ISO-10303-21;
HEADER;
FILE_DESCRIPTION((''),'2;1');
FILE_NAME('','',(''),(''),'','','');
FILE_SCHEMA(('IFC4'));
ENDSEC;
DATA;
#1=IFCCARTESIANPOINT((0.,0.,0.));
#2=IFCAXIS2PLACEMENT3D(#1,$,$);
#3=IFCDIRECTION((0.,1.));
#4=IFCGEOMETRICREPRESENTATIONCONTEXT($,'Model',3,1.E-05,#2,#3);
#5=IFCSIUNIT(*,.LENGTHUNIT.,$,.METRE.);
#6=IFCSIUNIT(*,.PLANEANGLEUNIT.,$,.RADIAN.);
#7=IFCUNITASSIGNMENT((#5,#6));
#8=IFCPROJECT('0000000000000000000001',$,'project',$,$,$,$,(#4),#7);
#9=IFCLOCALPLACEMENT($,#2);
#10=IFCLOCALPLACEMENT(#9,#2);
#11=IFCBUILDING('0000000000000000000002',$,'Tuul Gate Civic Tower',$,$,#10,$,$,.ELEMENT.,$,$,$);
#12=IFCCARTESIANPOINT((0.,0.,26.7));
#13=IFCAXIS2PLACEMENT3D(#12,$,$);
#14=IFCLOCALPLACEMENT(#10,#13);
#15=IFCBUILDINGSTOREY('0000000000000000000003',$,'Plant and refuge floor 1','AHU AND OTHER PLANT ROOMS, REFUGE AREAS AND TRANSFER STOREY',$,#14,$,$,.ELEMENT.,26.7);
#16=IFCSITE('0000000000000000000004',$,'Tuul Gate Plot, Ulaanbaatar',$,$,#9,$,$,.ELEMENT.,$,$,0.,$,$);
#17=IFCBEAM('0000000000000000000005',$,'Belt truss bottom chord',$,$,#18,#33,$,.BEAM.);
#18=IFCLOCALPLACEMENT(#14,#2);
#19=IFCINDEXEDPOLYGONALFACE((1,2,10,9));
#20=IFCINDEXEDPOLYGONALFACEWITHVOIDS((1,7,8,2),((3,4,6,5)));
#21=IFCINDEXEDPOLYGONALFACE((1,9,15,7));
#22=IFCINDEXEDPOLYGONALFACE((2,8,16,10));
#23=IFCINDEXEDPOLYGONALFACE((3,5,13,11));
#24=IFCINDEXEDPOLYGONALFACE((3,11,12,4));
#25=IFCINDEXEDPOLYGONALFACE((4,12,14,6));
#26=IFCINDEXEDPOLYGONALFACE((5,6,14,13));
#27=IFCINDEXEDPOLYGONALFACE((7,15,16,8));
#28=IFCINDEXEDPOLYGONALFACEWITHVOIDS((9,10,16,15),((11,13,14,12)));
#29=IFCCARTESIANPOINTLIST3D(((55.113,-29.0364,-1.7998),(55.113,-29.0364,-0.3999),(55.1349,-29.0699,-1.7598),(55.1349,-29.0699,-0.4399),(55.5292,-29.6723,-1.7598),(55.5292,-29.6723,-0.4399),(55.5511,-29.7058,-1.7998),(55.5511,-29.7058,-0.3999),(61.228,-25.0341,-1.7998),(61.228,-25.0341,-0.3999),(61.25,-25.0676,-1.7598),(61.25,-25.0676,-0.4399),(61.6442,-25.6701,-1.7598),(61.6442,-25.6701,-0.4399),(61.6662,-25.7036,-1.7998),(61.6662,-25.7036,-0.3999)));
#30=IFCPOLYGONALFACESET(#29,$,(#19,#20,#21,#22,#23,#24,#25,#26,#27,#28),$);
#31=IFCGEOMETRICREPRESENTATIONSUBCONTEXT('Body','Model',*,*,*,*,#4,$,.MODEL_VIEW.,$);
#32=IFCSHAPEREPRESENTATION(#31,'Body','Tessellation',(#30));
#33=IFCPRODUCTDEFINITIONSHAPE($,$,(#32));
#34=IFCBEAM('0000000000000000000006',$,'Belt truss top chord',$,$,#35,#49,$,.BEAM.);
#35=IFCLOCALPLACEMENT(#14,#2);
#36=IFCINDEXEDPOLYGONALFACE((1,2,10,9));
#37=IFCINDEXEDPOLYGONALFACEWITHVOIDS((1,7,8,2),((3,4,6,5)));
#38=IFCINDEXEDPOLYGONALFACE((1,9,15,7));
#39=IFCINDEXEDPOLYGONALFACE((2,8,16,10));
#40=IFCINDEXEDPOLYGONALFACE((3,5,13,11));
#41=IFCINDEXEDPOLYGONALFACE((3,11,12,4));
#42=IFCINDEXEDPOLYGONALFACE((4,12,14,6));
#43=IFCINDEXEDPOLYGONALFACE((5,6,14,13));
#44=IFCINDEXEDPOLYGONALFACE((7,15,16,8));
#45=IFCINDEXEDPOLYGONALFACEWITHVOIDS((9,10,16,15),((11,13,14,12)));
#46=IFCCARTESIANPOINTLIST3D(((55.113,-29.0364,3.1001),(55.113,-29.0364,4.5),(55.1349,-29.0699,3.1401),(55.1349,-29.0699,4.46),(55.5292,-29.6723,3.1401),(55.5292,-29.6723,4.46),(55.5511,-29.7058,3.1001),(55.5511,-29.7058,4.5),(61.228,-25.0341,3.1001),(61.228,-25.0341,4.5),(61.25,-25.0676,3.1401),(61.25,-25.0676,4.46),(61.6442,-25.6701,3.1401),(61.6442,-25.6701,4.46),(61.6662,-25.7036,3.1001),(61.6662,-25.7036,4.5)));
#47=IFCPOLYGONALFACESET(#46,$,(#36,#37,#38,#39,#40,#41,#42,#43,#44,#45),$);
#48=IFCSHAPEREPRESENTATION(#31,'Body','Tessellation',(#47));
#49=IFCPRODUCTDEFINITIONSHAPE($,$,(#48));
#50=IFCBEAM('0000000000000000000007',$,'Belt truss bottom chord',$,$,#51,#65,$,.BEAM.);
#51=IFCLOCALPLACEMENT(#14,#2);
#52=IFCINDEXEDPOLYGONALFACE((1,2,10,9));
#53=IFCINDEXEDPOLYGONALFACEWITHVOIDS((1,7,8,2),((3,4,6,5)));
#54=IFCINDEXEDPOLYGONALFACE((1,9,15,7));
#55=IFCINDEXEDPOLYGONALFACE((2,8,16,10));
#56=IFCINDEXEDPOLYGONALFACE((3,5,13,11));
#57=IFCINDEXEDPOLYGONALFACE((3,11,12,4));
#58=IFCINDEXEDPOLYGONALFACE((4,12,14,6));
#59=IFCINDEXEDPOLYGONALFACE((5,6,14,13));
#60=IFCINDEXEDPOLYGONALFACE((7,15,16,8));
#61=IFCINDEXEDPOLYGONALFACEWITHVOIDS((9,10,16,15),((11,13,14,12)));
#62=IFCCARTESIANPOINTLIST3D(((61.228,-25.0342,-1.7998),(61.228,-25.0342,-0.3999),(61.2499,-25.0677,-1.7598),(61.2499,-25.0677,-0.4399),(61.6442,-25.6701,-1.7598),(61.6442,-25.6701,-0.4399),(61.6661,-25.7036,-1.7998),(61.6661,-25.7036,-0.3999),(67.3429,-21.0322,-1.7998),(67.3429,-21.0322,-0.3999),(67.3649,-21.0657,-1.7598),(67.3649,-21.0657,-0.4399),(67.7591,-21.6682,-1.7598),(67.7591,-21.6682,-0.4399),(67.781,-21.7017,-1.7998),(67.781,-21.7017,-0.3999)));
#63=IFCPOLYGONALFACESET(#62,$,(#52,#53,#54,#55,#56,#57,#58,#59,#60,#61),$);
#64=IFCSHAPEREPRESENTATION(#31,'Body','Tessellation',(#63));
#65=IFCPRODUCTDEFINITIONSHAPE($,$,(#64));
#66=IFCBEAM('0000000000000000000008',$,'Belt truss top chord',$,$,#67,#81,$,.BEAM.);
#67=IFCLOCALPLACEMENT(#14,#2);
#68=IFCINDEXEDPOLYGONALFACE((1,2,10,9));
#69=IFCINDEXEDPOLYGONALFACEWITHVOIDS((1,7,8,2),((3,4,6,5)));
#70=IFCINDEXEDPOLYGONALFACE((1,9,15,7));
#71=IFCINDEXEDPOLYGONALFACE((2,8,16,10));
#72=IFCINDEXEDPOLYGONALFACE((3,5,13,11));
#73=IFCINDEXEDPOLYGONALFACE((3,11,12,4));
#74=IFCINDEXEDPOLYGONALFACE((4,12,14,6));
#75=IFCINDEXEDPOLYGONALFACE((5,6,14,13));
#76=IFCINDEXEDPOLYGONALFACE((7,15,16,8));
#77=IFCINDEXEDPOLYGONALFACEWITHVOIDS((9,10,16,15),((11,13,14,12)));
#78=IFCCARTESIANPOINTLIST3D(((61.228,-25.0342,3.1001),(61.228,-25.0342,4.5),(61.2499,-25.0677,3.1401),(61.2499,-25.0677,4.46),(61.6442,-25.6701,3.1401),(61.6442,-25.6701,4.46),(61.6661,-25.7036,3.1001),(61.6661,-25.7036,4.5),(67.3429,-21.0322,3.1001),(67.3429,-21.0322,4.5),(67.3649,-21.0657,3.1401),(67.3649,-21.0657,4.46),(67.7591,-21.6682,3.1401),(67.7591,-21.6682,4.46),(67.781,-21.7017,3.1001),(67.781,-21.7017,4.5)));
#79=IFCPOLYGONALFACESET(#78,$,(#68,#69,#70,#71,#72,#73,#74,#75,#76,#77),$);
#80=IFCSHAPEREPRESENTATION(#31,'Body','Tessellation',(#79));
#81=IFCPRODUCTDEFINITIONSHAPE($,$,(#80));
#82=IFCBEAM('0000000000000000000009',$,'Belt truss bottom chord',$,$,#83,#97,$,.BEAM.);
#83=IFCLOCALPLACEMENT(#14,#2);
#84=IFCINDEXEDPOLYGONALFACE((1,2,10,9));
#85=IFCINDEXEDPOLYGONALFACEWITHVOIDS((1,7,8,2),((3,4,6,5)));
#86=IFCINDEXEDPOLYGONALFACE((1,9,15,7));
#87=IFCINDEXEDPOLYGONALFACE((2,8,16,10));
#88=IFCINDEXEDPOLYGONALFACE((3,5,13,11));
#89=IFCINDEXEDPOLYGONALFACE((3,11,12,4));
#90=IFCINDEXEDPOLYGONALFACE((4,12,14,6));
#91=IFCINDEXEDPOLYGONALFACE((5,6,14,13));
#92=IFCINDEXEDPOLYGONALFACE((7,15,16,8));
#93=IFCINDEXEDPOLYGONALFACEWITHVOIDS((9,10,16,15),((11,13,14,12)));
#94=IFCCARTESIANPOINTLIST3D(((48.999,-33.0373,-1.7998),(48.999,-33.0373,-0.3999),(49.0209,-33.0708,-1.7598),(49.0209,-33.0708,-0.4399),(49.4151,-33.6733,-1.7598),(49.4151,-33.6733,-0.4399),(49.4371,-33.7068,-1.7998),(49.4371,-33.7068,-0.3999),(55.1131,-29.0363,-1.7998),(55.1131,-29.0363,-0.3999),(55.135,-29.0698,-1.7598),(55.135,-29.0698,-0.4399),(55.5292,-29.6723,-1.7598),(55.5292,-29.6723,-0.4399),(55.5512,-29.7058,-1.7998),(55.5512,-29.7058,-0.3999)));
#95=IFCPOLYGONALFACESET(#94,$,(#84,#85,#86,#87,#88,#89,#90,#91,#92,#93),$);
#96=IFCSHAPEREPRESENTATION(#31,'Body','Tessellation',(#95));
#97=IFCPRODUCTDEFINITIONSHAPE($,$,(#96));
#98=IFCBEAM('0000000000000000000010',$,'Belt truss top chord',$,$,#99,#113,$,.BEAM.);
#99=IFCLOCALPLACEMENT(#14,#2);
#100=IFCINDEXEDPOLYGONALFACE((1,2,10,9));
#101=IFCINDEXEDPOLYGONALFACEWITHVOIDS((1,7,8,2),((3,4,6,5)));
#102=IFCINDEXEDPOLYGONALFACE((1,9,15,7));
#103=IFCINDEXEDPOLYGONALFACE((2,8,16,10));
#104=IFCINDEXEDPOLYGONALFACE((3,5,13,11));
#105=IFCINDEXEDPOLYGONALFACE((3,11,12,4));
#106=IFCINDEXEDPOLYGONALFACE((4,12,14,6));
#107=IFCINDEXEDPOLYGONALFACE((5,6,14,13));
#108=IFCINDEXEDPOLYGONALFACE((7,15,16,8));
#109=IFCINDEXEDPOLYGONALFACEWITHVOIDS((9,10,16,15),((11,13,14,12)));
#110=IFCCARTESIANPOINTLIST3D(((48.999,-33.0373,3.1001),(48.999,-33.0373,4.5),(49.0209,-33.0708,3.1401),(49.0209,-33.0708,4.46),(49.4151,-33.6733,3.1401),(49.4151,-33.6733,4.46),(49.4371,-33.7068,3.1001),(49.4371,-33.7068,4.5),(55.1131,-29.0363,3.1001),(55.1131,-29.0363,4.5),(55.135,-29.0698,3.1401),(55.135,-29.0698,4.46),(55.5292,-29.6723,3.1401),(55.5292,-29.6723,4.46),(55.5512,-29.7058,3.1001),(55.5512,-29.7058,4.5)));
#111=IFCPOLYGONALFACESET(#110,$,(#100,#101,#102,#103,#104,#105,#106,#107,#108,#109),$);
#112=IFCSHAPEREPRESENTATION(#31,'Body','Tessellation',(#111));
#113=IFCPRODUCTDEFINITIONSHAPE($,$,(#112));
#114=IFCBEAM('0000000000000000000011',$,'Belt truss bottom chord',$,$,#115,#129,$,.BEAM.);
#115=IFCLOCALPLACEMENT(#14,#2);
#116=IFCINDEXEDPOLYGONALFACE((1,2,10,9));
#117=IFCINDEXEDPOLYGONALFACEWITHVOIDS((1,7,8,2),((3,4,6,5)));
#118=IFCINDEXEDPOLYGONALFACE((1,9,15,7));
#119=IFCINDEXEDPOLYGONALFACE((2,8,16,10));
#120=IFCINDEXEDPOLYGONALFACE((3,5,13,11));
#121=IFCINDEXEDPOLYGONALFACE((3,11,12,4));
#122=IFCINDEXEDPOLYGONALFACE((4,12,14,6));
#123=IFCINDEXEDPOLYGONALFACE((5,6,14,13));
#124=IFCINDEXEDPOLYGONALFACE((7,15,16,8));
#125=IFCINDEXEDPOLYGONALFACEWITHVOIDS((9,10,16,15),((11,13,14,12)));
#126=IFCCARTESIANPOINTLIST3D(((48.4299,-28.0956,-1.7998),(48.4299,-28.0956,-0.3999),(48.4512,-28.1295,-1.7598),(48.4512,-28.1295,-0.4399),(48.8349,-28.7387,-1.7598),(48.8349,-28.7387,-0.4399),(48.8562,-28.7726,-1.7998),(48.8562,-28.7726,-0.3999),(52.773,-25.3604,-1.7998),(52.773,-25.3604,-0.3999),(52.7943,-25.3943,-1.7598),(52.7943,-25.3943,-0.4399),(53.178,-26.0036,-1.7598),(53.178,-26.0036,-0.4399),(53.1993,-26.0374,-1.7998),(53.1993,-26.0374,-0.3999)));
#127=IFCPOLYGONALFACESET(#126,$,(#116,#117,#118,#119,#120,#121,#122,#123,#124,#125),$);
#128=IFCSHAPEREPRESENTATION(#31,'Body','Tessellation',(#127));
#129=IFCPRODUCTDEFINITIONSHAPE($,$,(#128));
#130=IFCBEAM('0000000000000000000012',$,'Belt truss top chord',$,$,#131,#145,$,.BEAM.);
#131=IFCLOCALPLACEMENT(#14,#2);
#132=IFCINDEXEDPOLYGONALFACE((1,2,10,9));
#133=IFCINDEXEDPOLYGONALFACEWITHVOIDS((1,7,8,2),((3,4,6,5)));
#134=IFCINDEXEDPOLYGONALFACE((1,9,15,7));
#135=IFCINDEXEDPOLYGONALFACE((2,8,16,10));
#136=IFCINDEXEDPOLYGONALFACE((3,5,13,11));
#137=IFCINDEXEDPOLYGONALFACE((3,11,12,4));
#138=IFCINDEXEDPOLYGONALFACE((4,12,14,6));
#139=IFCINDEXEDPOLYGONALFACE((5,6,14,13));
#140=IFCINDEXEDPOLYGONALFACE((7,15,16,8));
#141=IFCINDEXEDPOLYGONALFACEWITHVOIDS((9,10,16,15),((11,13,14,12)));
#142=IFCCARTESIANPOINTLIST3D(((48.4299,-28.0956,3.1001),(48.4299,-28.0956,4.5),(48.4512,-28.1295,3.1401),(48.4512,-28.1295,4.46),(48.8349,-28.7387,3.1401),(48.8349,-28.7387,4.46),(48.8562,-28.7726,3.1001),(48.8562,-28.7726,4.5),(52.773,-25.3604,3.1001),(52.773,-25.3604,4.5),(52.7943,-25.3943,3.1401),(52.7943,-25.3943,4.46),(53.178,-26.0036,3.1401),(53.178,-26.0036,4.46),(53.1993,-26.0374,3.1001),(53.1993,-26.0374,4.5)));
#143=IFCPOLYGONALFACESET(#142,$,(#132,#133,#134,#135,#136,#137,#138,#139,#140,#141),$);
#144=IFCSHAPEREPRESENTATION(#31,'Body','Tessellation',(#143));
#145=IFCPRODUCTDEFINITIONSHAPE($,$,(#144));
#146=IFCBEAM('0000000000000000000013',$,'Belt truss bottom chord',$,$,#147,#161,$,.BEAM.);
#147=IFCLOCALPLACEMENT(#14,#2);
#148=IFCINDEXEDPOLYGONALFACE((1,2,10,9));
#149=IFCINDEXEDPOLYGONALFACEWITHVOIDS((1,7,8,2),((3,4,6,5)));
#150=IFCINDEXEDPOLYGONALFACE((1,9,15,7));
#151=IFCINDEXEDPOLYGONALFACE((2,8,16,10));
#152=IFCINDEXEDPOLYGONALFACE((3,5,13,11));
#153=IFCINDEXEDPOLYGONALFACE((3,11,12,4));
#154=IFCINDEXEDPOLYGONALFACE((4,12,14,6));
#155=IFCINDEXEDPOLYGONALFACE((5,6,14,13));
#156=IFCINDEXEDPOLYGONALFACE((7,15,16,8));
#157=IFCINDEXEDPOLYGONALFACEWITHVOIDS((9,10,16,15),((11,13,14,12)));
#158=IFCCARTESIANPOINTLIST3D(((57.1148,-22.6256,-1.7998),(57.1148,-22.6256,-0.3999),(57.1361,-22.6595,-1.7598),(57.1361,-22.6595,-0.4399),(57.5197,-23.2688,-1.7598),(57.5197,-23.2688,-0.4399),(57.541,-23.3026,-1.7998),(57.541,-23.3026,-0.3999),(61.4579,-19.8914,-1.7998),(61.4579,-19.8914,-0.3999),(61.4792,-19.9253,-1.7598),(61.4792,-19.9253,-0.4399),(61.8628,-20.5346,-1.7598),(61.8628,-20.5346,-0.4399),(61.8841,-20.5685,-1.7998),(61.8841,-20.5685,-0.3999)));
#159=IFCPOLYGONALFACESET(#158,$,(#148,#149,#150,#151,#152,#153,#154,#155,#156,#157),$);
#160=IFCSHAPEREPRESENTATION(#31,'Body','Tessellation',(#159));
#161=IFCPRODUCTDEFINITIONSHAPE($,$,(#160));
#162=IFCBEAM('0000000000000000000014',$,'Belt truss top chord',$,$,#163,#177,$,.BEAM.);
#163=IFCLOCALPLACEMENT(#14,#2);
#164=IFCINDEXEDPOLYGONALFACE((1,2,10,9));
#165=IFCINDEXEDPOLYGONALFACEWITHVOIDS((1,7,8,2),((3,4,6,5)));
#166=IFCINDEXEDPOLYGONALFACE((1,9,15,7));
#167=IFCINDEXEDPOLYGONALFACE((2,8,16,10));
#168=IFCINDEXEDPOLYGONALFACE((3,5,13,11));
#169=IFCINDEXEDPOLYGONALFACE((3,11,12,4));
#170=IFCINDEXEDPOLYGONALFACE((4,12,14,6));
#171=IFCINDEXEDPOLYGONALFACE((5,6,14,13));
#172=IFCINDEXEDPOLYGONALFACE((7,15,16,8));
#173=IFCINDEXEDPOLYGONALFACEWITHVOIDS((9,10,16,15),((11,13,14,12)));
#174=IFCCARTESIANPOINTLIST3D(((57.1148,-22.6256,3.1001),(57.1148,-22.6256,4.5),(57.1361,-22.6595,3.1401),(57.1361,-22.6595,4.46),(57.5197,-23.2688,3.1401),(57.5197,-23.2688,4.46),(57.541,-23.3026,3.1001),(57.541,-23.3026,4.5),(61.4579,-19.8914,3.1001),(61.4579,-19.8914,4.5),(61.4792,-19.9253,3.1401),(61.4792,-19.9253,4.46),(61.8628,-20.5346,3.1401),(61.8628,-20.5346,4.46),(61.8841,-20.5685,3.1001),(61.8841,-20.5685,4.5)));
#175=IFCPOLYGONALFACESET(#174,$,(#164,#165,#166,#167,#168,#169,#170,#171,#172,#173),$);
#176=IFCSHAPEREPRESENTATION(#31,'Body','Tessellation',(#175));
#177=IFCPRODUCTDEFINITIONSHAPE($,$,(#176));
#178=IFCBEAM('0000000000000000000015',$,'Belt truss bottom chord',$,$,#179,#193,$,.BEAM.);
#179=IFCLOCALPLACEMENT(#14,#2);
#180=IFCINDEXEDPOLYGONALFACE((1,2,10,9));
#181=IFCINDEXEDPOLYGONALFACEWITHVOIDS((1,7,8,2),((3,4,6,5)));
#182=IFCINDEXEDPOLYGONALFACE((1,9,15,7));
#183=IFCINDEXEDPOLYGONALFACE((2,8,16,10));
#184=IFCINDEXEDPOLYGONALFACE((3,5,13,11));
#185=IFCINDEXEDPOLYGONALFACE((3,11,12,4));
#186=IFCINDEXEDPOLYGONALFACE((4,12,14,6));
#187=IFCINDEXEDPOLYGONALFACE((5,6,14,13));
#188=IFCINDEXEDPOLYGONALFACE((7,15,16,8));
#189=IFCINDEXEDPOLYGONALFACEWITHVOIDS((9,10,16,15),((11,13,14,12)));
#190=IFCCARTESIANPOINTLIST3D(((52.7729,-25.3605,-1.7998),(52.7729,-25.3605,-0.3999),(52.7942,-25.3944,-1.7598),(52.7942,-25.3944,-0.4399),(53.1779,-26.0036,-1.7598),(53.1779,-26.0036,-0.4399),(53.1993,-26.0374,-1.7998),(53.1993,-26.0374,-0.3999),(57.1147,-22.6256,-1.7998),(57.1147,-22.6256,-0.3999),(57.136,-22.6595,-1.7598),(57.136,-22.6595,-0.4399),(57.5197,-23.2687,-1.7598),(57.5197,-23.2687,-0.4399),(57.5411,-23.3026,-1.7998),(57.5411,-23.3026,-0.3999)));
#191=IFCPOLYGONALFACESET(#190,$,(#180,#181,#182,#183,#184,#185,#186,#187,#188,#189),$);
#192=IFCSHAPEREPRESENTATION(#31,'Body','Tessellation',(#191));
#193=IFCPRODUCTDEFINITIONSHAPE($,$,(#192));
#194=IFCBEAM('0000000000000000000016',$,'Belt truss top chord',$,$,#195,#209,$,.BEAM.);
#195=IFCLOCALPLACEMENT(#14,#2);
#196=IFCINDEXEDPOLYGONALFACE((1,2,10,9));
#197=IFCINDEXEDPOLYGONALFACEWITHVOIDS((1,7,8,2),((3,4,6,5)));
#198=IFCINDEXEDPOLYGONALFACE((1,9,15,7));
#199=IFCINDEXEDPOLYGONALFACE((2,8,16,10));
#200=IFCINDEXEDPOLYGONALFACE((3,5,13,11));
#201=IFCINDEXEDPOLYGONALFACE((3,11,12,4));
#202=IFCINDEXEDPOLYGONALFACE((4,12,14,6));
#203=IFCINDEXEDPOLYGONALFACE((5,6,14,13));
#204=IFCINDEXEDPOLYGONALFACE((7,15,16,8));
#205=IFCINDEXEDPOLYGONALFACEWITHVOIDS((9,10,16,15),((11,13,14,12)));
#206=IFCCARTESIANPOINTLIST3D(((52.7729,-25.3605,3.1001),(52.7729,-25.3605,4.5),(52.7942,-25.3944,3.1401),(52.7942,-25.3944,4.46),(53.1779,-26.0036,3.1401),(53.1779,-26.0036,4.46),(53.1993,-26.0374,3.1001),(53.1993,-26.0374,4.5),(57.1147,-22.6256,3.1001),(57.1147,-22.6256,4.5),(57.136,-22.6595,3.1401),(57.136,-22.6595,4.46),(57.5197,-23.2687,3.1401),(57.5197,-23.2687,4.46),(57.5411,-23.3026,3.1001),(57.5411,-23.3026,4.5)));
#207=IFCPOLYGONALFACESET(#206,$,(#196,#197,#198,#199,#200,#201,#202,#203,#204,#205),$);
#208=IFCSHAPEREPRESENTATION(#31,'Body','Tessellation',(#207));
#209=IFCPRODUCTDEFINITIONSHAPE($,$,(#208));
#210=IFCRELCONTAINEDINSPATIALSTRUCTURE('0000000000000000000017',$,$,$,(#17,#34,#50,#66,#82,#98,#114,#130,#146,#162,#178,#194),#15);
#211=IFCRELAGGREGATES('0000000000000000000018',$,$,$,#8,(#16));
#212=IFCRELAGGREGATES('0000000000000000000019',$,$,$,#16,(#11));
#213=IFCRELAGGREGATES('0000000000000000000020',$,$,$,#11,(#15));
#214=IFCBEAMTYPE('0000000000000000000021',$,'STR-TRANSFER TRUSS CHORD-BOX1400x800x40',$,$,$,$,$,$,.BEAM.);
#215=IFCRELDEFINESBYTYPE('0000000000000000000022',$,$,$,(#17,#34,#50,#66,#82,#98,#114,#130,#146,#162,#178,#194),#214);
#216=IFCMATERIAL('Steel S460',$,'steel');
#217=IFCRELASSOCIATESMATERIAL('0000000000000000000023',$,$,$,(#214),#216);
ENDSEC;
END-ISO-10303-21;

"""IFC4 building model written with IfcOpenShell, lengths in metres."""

from ifc_helpers import new_model, si_unit, direction, frame, origin, origin_2d, place, context, subcontext, project, spatial, hollow_rectangle, extrude, material, material_profile, profile_set, type_object, element, save


model = new_model("IFC4")

# Units and contexts
model_context = context("Model", 3, precision=1e-05, world=origin(), true_north=direction((0.0, 1.0)))
body_context = subcontext(model_context, "Body", "Model", "MODEL_VIEW")
ifc_project = project(units=[si_unit("LENGTHUNIT", "METRE"), si_unit("PLANEANGLEUNIT", "RADIAN")], contexts=[model_context])

# Site, building, storey
site_placement = place(None, origin())
site = spatial("IfcSite", under=ifc_project, at=site_placement, Name="Tuul Gate Plot, Ulaanbaatar", CompositionType="ELEMENT", RefElevation=0.0)
building_placement = place(site_placement, origin())
building = spatial("IfcBuilding", under=site, at=building_placement, Name="Tuul Gate Civic Tower", CompositionType="ELEMENT")
storey_placement = place(building_placement, frame((0.0, 0.0, 26.7)))
storey = spatial("IfcBuildingStorey", under=building, at=storey_placement, Name="Plant and refuge floor 1", Description="AHU AND OTHER PLANT ROOMS, REFUGE AREAS AND TRANSFER STOREY", CompositionType="ELEMENT", Elevation=26.7)

# Beams
ifc_material_1 = material(Name="Steel S460", Category="steel")
ifc_material_profile_1 = material_profile(ifc_material_1, hollow_rectangle(XDim=0.8, YDim=1.3999, WallThickness=0.04, at=origin_2d()), Name="BOX1400x800x40")
ifc_profile_set_1 = profile_set([ifc_material_profile_1], Name="Steel S460")
beam_type = type_object("IfcBeamType", Name="STR-TRANSFER TRUSS CHORD-BOX1400x800x40", PredefinedType="BEAM", material=ifc_profile_set_1)
for number, where, z_axis, x_axis, name in (
    (1, (55.332, -29.3711, -1.0999), (0.836723, 0.547626, 0.0), (-0.547626, 0.836723, 0.0), "Belt truss bottom chord"),
    (2, (55.332, -29.3711, 3.8), (0.836723, 0.547626, 0.0), (-0.547626, 0.836723, 0.0), "Belt truss top chord"),
):
    element("IfcBeam", number, at=place(storey_placement, frame(where, z_axis=z_axis, x_axis=x_axis)), inside=storey, type_object=beam_type, Name=name, PredefinedType="BEAM", context=body_context, shape_type="SweptSolid", body=[
        extrude(hollow_rectangle(XDim=0.8, YDim=1.3999, WallThickness=0.04, at=origin_2d()), origin(), (0.0, 0.0, 1.0), 7.3083),
    ])
for number, where, z_axis, x_axis, name in (
    (3, (61.447, -25.3689, -1.0999), (0.836738, 0.547603, 0.0), (-0.547603, 0.836738, 0.0), "Belt truss bottom chord"),
    (4, (61.447, -25.3689, 3.8), (0.836738, 0.547603, 0.0), (-0.547603, 0.836738, 0.0), "Belt truss top chord"),
):
    element("IfcBeam", number, at=place(storey_placement, frame(where, z_axis=z_axis, x_axis=x_axis)), inside=storey, type_object=beam_type, Name=name, PredefinedType="BEAM", context=body_context, shape_type="SweptSolid", body=[
        extrude(hollow_rectangle(XDim=0.8, YDim=1.3999, WallThickness=0.04, at=origin_2d()), origin(), (0.0, 0.0, 1.0), 7.3081),
    ])
for number, where, z_axis, x_axis, name in (
    (5, (49.218, -33.3721, -1.0999), (0.836759, 0.547571, 0.0), (-0.547571, 0.836759, 0.0), "Belt truss bottom chord"),
    (6, (49.218, -33.3721, 3.8), (0.836759, 0.547571, 0.0), (-0.547571, 0.836759, 0.0), "Belt truss top chord"),
):
    element("IfcBeam", number, at=place(storey_placement, frame(where, z_axis=z_axis, x_axis=x_axis)), inside=storey, type_object=beam_type, Name=name, PredefinedType="BEAM", context=body_context, shape_type="SweptSolid", body=[
        extrude(hollow_rectangle(XDim=0.8, YDim=1.3999, WallThickness=0.04, at=origin_2d()), origin(), (0.0, 0.0, 1.0), 7.3069),
    ])
for number, where, z_axis, x_axis, name in (
    (7, (48.6431, -28.4341, -1.0999), (0.846179, 0.532899, 0.0), (-0.532899, 0.846179, 0.0), "Belt truss bottom chord"),
    (8, (48.6431, -28.4341, 3.8), (0.846179, 0.532899, 0.0), (-0.532899, 0.846179, 0.0), "Belt truss top chord"),
):
    element("IfcBeam", number, at=place(storey_placement, frame(where, z_axis=z_axis, x_axis=x_axis)), inside=storey, type_object=beam_type, Name=name, PredefinedType="BEAM", context=body_context, shape_type="SweptSolid", body=[
        extrude(hollow_rectangle(XDim=0.8, YDim=1.3999, WallThickness=0.04, at=origin_2d()), origin(), (0.0, 0.0, 1.0), 5.1326),
    ])
for number, where, z_axis, x_axis, name in (
    (9, (57.3279, -22.9641, -1.0999), (0.846265, 0.532763, 0.0), (-0.532763, 0.846265, 0.0), "Belt truss bottom chord"),
    (10, (57.3279, -22.9641, 3.8), (0.846265, 0.532763, 0.0), (-0.532763, 0.846265, 0.0), "Belt truss top chord"),
):
    element("IfcBeam", number, at=place(storey_placement, frame(where, z_axis=z_axis, x_axis=x_axis)), inside=storey, type_object=beam_type, Name=name, PredefinedType="BEAM", context=body_context, shape_type="SweptSolid", body=[
        extrude(hollow_rectangle(XDim=0.8, YDim=1.3999, WallThickness=0.04, at=origin_2d()), origin(), (0.0, 0.0, 1.0), 5.1321),
    ])
for number, where, z_axis, x_axis, name in (
    (11, (52.9861, -25.699, -1.0999), (0.846133, 0.532972, 0.0), (-0.532972, 0.846133, 0.0), "Belt truss bottom chord"),
    (12, (52.9861, -25.699, 3.8), (0.846133, 0.532972, 0.0), (-0.532972, 0.846133, 0.0), "Belt truss top chord"),
):
    element("IfcBeam", number, at=place(storey_placement, frame(where, z_axis=z_axis, x_axis=x_axis)), inside=storey, type_object=beam_type, Name=name, PredefinedType="BEAM", context=body_context, shape_type="SweptSolid", body=[
        extrude(hollow_rectangle(XDim=0.8, YDim=1.3999, WallThickness=0.04, at=origin_2d()), origin(), (0.0, 0.0, 1.0), 5.1313),
    ])

save(model, "model.ifc")
